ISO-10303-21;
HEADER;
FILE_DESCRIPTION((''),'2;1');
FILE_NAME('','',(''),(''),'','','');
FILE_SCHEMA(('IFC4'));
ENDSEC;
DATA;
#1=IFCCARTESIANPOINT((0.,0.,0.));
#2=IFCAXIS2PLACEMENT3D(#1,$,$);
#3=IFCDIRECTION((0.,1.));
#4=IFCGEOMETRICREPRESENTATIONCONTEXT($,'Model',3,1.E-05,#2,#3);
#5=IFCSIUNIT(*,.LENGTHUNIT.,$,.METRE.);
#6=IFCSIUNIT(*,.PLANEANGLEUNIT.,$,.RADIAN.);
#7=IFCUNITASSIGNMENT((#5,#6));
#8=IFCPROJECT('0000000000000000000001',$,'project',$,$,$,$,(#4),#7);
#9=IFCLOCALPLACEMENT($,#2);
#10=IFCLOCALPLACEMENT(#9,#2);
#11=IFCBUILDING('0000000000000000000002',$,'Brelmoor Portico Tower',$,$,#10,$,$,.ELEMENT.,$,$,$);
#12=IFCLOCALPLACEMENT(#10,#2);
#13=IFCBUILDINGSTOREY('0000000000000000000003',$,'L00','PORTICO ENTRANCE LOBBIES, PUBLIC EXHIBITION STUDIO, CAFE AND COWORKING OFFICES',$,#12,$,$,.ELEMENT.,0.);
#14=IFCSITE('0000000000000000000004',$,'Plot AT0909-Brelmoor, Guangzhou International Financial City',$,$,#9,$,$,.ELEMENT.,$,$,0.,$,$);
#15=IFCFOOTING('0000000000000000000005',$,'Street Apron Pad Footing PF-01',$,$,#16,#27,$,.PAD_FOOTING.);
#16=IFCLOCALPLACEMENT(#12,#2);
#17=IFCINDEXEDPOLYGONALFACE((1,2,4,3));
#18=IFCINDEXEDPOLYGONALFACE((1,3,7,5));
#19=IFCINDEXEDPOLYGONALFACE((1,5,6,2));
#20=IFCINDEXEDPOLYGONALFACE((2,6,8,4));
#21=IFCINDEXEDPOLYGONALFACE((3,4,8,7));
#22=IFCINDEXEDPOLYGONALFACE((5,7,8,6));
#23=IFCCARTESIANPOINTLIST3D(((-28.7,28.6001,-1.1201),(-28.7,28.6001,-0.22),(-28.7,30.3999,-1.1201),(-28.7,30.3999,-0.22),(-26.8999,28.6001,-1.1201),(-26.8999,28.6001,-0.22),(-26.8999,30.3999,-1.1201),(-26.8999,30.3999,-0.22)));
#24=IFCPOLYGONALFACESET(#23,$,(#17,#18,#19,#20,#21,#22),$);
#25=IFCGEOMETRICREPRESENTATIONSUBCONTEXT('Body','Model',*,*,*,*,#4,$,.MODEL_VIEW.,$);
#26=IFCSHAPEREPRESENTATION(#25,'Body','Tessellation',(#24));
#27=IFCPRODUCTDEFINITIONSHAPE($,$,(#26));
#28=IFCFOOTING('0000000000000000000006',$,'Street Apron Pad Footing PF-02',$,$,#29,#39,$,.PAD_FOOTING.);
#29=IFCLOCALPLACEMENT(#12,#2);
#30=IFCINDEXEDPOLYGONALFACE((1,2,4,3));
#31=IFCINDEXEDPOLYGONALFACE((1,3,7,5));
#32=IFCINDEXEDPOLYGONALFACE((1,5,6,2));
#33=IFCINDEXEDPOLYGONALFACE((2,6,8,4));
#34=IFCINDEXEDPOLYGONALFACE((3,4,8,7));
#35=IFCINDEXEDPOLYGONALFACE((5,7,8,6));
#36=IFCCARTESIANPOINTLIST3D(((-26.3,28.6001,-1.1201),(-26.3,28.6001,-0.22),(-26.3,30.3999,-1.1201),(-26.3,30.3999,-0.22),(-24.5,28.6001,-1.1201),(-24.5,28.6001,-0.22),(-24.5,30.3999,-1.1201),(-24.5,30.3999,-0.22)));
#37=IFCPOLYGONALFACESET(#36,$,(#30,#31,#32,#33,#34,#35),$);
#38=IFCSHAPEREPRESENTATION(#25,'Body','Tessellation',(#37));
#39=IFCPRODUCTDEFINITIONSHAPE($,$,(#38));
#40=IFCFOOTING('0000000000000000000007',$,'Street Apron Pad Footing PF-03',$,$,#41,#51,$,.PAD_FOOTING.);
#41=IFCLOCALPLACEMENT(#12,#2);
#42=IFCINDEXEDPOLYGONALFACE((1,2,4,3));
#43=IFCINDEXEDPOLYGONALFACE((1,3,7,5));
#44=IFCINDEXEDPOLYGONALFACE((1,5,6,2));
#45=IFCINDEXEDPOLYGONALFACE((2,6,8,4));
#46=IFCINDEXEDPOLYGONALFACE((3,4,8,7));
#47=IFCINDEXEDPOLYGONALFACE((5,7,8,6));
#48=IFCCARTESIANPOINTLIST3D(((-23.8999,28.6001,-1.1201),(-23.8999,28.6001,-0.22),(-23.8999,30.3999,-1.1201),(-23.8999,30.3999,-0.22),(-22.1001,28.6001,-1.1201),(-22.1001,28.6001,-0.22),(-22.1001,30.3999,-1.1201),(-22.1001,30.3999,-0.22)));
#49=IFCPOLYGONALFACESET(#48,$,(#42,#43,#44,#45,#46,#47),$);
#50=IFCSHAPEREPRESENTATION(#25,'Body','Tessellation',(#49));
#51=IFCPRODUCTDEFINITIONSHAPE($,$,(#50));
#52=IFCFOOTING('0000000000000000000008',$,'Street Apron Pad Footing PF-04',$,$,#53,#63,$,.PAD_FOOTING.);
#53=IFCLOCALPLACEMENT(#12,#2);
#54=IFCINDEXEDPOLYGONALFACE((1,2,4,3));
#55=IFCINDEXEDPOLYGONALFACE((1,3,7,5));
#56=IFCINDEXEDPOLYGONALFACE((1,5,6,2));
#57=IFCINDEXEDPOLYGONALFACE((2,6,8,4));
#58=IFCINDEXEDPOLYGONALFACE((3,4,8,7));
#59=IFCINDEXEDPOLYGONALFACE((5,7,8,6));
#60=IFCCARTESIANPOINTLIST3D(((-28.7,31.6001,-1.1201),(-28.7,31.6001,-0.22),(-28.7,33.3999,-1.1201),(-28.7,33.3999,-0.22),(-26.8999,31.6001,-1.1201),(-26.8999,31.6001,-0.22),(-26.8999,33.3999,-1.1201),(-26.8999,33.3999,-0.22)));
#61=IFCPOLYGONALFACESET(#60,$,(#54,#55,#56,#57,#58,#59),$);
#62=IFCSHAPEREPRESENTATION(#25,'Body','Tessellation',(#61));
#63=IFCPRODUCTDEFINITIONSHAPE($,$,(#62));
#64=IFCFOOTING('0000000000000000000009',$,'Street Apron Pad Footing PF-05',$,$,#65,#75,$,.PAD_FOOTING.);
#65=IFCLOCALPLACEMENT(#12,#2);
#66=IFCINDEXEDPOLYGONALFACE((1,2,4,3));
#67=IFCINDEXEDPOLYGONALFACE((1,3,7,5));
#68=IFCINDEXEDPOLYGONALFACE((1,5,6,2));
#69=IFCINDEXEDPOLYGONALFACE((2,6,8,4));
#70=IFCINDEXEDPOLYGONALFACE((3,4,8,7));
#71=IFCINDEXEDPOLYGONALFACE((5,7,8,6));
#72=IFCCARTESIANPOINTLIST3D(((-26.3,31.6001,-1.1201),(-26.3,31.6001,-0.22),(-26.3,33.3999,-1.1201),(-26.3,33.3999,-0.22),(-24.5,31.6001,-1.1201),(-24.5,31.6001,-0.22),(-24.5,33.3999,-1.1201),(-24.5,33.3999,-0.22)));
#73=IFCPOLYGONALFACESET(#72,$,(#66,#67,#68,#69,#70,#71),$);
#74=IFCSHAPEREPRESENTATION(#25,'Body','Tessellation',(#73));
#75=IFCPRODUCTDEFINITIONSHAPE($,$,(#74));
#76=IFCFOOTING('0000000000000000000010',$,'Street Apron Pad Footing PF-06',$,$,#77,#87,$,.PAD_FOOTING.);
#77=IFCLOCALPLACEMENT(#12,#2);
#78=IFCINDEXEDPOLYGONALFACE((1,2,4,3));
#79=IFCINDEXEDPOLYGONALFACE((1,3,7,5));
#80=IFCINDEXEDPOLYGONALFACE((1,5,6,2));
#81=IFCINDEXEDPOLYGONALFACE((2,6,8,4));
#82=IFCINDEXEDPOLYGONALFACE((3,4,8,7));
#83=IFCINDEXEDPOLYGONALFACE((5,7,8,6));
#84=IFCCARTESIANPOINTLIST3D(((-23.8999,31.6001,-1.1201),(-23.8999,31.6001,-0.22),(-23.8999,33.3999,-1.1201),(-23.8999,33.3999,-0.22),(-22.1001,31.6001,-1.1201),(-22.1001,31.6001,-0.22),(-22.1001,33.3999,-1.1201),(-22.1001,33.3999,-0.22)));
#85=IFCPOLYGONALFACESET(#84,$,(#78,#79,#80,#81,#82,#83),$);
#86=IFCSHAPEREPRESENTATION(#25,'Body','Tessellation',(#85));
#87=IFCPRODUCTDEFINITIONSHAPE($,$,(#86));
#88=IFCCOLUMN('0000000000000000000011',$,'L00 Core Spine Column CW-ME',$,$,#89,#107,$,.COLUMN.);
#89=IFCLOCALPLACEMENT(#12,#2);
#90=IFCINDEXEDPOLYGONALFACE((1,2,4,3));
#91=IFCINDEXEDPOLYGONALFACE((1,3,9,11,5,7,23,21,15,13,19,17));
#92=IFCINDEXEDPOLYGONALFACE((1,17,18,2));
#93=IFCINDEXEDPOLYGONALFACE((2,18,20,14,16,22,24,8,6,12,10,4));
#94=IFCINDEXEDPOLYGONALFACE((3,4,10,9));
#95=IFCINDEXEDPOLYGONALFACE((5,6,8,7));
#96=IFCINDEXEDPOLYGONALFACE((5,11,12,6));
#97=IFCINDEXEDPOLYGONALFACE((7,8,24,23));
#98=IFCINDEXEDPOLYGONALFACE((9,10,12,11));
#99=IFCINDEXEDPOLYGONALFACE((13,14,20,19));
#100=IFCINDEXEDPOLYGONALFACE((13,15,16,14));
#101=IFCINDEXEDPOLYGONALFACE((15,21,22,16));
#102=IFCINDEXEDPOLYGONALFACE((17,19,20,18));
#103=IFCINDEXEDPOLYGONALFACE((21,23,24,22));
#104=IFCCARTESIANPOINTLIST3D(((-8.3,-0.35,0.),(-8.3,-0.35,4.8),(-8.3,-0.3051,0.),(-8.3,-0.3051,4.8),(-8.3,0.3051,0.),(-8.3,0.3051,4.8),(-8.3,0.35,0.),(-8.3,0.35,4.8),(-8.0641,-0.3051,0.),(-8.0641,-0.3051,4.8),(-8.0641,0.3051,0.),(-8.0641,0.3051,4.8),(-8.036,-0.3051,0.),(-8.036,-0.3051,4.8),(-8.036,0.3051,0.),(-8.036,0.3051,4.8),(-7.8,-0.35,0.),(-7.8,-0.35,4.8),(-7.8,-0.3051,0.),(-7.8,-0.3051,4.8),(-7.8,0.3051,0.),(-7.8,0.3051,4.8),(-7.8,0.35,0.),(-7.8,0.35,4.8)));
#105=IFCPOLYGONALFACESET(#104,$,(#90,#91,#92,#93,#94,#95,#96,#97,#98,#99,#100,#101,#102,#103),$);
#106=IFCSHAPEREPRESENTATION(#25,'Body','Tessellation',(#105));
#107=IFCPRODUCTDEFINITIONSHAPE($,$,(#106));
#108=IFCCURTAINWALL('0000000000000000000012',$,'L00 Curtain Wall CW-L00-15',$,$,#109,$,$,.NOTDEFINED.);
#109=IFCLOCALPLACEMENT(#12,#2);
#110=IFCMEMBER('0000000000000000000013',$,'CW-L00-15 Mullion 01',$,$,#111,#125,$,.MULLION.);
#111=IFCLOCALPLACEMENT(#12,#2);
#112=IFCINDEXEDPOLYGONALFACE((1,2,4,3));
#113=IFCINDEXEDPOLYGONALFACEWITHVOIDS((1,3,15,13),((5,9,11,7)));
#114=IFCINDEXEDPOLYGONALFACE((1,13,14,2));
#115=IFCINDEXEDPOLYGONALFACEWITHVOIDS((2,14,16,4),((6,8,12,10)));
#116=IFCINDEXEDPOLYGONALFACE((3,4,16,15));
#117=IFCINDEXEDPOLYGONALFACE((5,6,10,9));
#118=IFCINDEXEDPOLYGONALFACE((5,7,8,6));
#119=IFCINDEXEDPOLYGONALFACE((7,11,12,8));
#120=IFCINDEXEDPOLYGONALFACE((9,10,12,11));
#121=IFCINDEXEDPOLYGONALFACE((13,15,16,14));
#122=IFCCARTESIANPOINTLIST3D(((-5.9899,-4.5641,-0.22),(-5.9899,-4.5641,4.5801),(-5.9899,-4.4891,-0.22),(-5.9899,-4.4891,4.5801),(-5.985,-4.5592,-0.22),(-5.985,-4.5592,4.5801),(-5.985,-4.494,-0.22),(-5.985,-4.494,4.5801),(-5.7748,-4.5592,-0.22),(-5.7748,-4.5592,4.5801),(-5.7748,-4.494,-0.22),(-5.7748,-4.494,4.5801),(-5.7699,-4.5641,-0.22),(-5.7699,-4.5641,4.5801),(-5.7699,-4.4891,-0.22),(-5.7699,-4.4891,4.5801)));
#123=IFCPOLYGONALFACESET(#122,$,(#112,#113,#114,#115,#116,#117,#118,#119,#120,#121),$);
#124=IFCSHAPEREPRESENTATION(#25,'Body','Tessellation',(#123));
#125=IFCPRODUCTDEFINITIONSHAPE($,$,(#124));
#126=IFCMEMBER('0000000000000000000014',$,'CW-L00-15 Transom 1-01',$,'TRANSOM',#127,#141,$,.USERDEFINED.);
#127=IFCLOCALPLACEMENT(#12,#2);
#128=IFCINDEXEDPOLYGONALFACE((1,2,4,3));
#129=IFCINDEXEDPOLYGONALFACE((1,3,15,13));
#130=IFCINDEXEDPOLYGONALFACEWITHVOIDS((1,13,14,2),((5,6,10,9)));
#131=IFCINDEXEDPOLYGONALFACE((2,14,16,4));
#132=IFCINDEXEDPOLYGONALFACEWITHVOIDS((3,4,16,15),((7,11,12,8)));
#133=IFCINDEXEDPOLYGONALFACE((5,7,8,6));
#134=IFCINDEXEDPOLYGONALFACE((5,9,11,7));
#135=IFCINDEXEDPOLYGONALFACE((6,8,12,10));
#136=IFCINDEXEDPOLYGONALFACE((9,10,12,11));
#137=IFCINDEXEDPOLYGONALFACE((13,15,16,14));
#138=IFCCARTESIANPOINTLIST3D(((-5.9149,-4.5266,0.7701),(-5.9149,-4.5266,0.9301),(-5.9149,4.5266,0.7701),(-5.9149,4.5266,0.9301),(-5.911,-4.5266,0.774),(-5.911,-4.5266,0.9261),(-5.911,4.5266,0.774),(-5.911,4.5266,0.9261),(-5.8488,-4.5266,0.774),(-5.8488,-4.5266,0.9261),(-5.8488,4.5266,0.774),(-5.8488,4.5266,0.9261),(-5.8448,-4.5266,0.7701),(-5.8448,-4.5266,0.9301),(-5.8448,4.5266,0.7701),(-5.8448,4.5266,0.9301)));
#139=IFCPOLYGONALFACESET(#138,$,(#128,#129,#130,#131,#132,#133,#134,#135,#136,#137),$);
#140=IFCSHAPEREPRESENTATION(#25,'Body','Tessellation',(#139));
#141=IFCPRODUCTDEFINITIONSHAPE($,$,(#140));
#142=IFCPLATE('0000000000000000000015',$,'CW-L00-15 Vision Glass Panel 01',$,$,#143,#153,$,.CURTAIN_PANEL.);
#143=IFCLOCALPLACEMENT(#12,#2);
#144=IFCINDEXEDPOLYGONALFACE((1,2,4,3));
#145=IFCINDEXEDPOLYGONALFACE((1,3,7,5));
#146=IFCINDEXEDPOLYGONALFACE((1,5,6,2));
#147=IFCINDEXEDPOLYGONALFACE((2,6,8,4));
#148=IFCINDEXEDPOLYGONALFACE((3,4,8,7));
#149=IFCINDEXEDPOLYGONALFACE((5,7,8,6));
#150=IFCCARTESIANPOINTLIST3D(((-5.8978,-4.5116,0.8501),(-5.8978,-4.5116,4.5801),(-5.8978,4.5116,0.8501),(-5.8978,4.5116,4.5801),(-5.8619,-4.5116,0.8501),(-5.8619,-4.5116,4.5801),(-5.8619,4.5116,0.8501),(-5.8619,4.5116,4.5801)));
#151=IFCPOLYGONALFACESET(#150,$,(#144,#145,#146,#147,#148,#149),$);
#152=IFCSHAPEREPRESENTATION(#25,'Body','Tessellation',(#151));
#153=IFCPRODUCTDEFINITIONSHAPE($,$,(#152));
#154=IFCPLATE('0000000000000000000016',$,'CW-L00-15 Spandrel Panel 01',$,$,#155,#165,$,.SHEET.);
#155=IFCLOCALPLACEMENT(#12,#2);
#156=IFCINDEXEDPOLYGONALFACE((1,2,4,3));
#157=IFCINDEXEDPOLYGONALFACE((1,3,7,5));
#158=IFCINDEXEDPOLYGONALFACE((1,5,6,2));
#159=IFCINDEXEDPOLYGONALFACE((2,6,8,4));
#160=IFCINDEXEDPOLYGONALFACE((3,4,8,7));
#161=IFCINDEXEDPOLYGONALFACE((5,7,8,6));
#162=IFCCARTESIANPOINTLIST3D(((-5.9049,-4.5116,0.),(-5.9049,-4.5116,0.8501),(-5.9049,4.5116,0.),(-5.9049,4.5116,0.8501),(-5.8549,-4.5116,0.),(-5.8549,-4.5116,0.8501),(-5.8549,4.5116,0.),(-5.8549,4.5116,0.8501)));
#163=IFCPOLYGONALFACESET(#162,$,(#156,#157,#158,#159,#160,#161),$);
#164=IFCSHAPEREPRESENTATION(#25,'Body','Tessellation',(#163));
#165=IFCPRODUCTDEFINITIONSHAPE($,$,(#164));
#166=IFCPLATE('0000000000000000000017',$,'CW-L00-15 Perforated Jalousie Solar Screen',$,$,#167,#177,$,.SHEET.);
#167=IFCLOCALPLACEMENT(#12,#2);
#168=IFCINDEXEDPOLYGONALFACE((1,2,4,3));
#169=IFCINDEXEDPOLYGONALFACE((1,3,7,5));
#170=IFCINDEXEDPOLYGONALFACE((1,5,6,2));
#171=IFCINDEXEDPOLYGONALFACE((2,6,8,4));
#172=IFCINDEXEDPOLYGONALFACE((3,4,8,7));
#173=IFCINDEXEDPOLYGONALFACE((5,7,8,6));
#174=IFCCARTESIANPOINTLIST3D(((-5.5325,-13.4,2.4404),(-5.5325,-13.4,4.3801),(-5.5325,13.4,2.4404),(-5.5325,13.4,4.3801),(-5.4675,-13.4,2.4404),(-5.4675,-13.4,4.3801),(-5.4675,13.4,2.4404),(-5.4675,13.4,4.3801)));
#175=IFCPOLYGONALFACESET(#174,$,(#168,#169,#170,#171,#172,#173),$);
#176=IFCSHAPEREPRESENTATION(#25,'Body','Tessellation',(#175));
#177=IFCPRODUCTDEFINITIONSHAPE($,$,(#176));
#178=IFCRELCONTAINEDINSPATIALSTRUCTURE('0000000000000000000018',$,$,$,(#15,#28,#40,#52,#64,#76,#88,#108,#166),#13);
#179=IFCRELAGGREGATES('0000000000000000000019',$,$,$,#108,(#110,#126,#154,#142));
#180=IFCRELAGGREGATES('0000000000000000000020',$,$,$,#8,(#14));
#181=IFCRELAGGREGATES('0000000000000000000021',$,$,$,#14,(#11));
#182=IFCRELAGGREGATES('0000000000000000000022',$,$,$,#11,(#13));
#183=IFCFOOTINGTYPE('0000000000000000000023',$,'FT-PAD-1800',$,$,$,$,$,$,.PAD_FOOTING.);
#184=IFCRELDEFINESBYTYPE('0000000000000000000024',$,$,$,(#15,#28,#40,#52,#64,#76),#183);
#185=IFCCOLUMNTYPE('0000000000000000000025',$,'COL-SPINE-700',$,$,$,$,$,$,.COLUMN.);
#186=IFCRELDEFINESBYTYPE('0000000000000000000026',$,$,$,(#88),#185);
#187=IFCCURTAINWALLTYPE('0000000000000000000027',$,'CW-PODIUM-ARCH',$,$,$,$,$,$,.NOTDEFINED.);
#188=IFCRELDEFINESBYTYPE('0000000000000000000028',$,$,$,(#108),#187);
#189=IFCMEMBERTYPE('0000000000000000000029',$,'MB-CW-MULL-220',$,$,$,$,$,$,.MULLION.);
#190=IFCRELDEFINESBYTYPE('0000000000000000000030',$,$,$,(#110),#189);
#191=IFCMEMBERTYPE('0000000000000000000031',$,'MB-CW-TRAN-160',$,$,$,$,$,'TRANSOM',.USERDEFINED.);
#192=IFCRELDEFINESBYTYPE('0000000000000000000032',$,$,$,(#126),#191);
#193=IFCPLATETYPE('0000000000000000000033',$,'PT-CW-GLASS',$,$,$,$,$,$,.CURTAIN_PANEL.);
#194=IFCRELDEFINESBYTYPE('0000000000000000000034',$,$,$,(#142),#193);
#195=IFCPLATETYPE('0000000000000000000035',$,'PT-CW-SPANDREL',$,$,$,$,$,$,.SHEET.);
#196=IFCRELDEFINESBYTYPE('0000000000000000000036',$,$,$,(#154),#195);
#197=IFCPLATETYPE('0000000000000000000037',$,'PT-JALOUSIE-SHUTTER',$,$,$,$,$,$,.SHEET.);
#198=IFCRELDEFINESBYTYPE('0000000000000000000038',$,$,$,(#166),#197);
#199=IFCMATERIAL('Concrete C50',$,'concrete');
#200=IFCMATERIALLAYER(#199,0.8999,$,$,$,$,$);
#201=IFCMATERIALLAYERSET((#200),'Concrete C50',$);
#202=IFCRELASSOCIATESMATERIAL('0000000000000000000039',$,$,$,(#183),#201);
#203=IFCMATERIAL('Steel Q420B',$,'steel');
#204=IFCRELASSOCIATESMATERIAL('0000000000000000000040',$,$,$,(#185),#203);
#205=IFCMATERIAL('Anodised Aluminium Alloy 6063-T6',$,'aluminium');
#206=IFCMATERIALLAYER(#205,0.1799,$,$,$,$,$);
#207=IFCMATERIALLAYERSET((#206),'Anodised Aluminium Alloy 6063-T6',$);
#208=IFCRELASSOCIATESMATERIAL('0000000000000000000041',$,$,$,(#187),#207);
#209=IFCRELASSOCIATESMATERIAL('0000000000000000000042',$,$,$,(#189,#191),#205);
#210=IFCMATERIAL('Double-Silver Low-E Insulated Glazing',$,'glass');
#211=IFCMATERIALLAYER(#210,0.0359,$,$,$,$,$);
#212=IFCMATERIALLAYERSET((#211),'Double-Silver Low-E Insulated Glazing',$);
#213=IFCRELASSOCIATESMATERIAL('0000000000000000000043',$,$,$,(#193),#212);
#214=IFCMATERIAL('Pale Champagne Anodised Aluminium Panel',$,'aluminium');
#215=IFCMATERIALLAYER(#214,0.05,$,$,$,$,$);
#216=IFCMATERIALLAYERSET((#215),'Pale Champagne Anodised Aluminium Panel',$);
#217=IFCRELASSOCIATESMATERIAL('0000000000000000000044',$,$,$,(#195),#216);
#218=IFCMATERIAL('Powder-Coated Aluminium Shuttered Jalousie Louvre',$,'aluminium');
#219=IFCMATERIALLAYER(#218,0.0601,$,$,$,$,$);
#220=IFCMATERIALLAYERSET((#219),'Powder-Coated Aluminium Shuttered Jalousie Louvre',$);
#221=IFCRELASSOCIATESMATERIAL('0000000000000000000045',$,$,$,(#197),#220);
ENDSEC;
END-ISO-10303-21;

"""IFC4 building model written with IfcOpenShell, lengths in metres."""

from ifc_helpers import new_model, si_unit, direction, frame, origin, origin_2d, place, context, subcontext, project, spatial, polyline, rectangle, hollow_rectangle, i_section, outline, extrude, material, layer, layer_set, material_profile, profile_set, type_object, element, aggregate, save


model = new_model("IFC4")

# Units and contexts
model_context = context("Model", 3, precision=1e-05, world=origin(), true_north=direction((0.0, 1.0)))
body_context = subcontext(model_context, "Body", "Model", "MODEL_VIEW")
ifc_project = project(units=[si_unit("LENGTHUNIT", "METRE"), si_unit("PLANEANGLEUNIT", "RADIAN")], contexts=[model_context])

# Site, building, storey
site_placement = place(None, origin())
site = spatial("IfcSite", under=ifc_project, at=site_placement, Name="Plot AT0909-Brelmoor, Guangzhou International Financial City", CompositionType="ELEMENT", RefElevation=0.0)
building_placement = place(site_placement, origin())
building = spatial("IfcBuilding", under=site, at=building_placement, Name="Brelmoor Portico Tower", CompositionType="ELEMENT")
storey_placement = place(building_placement, origin())
storey = spatial("IfcBuildingStorey", under=building, at=storey_placement, Name="L00", Description="PORTICO ENTRANCE LOBBIES, PUBLIC EXHIBITION STUDIO, CAFE AND COWORKING OFFICES", CompositionType="ELEMENT", Elevation=0.0)

# Footings
ifc_material_1 = material(Name="Concrete C50", Category="concrete")
ifc_layer_1 = layer(ifc_material_1, 0.8999)
ifc_layer_set_1 = layer_set([ifc_layer_1], Name="Concrete C50")
footing_type = type_object("IfcFootingType", Name="FT-PAD-1800", PredefinedType="PAD_FOOTING", material=ifc_layer_set_1)
footing_1_placement = place(storey_placement, frame((0.0, 0.0, -1.1201)))
element("IfcFooting", 1, at=footing_1_placement, inside=storey, type_object=footing_type, Name="Street Apron Pad Footing PF-01", PredefinedType="PAD_FOOTING", context=body_context, shape_type="SweptSolid", body=[
    extrude(outline(polyline([(-28.7, 28.6001), (-26.8999, 28.6001), (-26.8999, 30.3999), (-28.7, 30.3999), (-28.7, 28.6001)])), origin(), (0.0, 0.0, 1.0), 0.9001),
])
footing_2_placement = place(storey_placement, frame((0.0, 0.0, -1.1201)))
element("IfcFooting", 2, at=footing_2_placement, inside=storey, type_object=footing_type, Name="Street Apron Pad Footing PF-02", PredefinedType="PAD_FOOTING", context=body_context, shape_type="SweptSolid", body=[
    extrude(outline(polyline([(-26.3, 28.6001), (-24.5, 28.6001), (-24.5, 30.3999), (-26.3, 30.3999), (-26.3, 28.6001)])), origin(), (0.0, 0.0, 1.0), 0.9001),
])
footing_3_placement = place(storey_placement, frame((0.0, 0.0, -1.1201)))
element("IfcFooting", 3, at=footing_3_placement, inside=storey, type_object=footing_type, Name="Street Apron Pad Footing PF-03", PredefinedType="PAD_FOOTING", context=body_context, shape_type="SweptSolid", body=[
    extrude(outline(polyline([(-23.8999, 28.6001), (-22.1001, 28.6001), (-22.1001, 30.3999), (-23.8999, 30.3999), (-23.8999, 28.6001)])), origin(), (0.0, 0.0, 1.0), 0.9001),
])
footing_4_placement = place(storey_placement, frame((0.0, 0.0, -1.1201)))
element("IfcFooting", 4, at=footing_4_placement, inside=storey, type_object=footing_type, Name="Street Apron Pad Footing PF-04", PredefinedType="PAD_FOOTING", context=body_context, shape_type="SweptSolid", body=[
    extrude(outline(polyline([(-28.7, 31.6001), (-26.8999, 31.6001), (-26.8999, 33.3999), (-28.7, 33.3999), (-28.7, 31.6001)])), origin(), (0.0, 0.0, 1.0), 0.9001),
])
footing_5_placement = place(storey_placement, frame((0.0, 0.0, -1.1201)))
element("IfcFooting", 5, at=footing_5_placement, inside=storey, type_object=footing_type, Name="Street Apron Pad Footing PF-05", PredefinedType="PAD_FOOTING", context=body_context, shape_type="SweptSolid", body=[
    extrude(outline(polyline([(-26.3, 31.6001), (-24.5, 31.6001), (-24.5, 33.3999), (-26.3, 33.3999), (-26.3, 31.6001)])), origin(), (0.0, 0.0, 1.0), 0.9001),
])
footing_6_placement = place(storey_placement, frame((0.0, 0.0, -1.1201)))
element("IfcFooting", 6, at=footing_6_placement, inside=storey, type_object=footing_type, Name="Street Apron Pad Footing PF-06", PredefinedType="PAD_FOOTING", context=body_context, shape_type="SweptSolid", body=[
    extrude(outline(polyline([(-23.8999, 31.6001), (-22.1001, 31.6001), (-22.1001, 33.3999), (-23.8999, 33.3999), (-23.8999, 31.6001)])), origin(), (0.0, 0.0, 1.0), 0.9001),
])

# Column
ifc_material_2 = material(Name="Steel Q420B", Category="steel")
ifc_material_profile_1 = material_profile(ifc_material_2, i_section(OverallWidth=0.5, OverallDepth=0.7, WebThickness=0.0281, FlangeThickness=0.0449, at=origin_2d()), Name="HW 700x500x28x45")
ifc_profile_set_1 = profile_set([ifc_material_profile_1], Name="Steel Q420B")
column_type = type_object("IfcColumnType", Name="COL-SPINE-700", PredefinedType="COLUMN", material=ifc_profile_set_1)
column_placement = place(storey_placement, frame((-8.05, 0.0, 0.0), z_axis=(0.0, 0.0, 1.0), x_axis=(1.0, 0.0, 0.0)))
element("IfcColumn", 7, at=column_placement, inside=storey, type_object=column_type, Name="L00 Core Spine Column CW-ME", PredefinedType="COLUMN", context=body_context, shape_type="SweptSolid", body=[
    extrude(i_section(OverallWidth=0.5, OverallDepth=0.7, WebThickness=0.0281, FlangeThickness=0.0449, at=origin_2d()), origin(), (0.0, 0.0, 1.0), 4.8),
])

# Curtain wall, members, plates
ifc_material_3 = material(Name="Anodised Aluminium Alloy 6063-T6", Category="aluminium")
ifc_layer_2 = layer(ifc_material_3, 0.1799)
ifc_layer_set_2 = layer_set([ifc_layer_2], Name="Anodised Aluminium Alloy 6063-T6")
curtain_wall_type = type_object("IfcCurtainWallType", Name="CW-PODIUM-ARCH", PredefinedType="NOTDEFINED", material=ifc_layer_set_2)
curtain_wall_placement = place(storey_placement, origin())
curtain_wall = element("IfcCurtainWall", 8, at=curtain_wall_placement, inside=storey, type_object=curtain_wall_type, Name="L00 Curtain Wall CW-L00-15", PredefinedType="NOTDEFINED")
ifc_material_profile_2 = material_profile(ifc_material_3, hollow_rectangle(XDim=0.075, YDim=0.22, WallThickness=0.0049, at=origin_2d()), Name="ALU MULLION 75x220")
ifc_profile_set_2 = profile_set([ifc_material_profile_2], Name="Anodised Aluminium Alloy 6063-T6")
member_type_1 = type_object("IfcMemberType", Name="MB-CW-MULL-220", PredefinedType="MULLION", material=ifc_profile_set_2)
member_1_placement = place(storey_placement, frame((-5.8799, -4.5266, -0.22), z_axis=(0.0, 0.0, 1.0), x_axis=(0.0, 1.0, 0.0)))
member_1 = element("IfcMember", 9, at=member_1_placement, type_object=member_type_1, Name="CW-L00-15 Mullion 01", PredefinedType="MULLION", context=body_context, shape_type="SweptSolid", body=[
    extrude(hollow_rectangle(XDim=0.075, YDim=0.22, WallThickness=0.0049, at=origin_2d()), origin(), (0.0, 0.0, 1.0), 4.8),
])
ifc_material_profile_3 = material_profile(ifc_material_3, hollow_rectangle(XDim=0.0701, YDim=0.1599, WallThickness=0.0039, at=origin_2d()), Name="ALU TRANSOM 70x160")
ifc_profile_set_3 = profile_set([ifc_material_profile_3], Name="Anodised Aluminium Alloy 6063-T6")
member_type_2 = type_object("IfcMemberType", Name="MB-CW-TRAN-160", ElementType="TRANSOM", PredefinedType="USERDEFINED", material=ifc_profile_set_3)
member_2_placement = place(storey_placement, frame((-5.8799, -4.5266, 0.8501), z_axis=(0.0, 1.0, 0.0), x_axis=(-1.0, 0.0, 0.0)))
member_2 = element("IfcMember", 10, at=member_2_placement, type_object=member_type_2, Name="CW-L00-15 Transom 1-01", ObjectType="TRANSOM", PredefinedType="USERDEFINED", context=body_context, shape_type="SweptSolid", body=[
    extrude(hollow_rectangle(XDim=0.0701, YDim=0.1599, WallThickness=0.0039, at=origin_2d()), origin(), (0.0, 0.0, 1.0), 9.0532),
])
ifc_material_4 = material(Name="Double-Silver Low-E Insulated Glazing", Category="glass")
ifc_layer_3 = layer(ifc_material_4, 0.0359)
ifc_layer_set_3 = layer_set([ifc_layer_3], Name="Double-Silver Low-E Insulated Glazing")
plate_type_1 = type_object("IfcPlateType", Name="PT-CW-GLASS", PredefinedType="CURTAIN_PANEL", material=ifc_layer_set_3)
plate_1_placement = place(storey_placement, frame((-5.8799, 0.0, 0.8501), z_axis=(0.0, 0.0, 1.0), x_axis=(0.0, 1.0, 0.0)))
plate_1 = element("IfcPlate", 11, at=plate_1_placement, type_object=plate_type_1, Name="CW-L00-15 Vision Glass Panel 01", PredefinedType="CURTAIN_PANEL", context=body_context, shape_type="SweptSolid", body=[
    extrude(rectangle(XDim=9.0232, YDim=0.0359, at=origin_2d()), origin(), (0.0, 0.0, 1.0), 3.73),
])
ifc_material_5 = material(Name="Pale Champagne Anodised Aluminium Panel", Category="aluminium")
ifc_layer_4 = layer(ifc_material_5, 0.05)
ifc_layer_set_4 = layer_set([ifc_layer_4], Name="Pale Champagne Anodised Aluminium Panel")
plate_type_2 = type_object("IfcPlateType", Name="PT-CW-SPANDREL", PredefinedType="SHEET", material=ifc_layer_set_4)
plate_2_placement = place(storey_placement, frame((-5.8799, 0.0, 0.0), z_axis=(0.0, 0.0, 1.0), x_axis=(0.0, 1.0, 0.0)))
plate_2 = element("IfcPlate", 12, at=plate_2_placement, type_object=plate_type_2, Name="CW-L00-15 Spandrel Panel 01", PredefinedType="SHEET", context=body_context, shape_type="SweptSolid", body=[
    extrude(rectangle(XDim=9.0232, YDim=0.05, at=origin_2d()), origin(), (0.0, 0.0, 1.0), 0.8501),
])
aggregate(curtain_wall, [member_1, member_2, plate_2, plate_1])

# Plate
ifc_material_6 = material(Name="Powder-Coated Aluminium Shuttered Jalousie Louvre", Category="aluminium")
ifc_layer_5 = layer(ifc_material_6, 0.0601)
ifc_layer_set_5 = layer_set([ifc_layer_5], Name="Powder-Coated Aluminium Shuttered Jalousie Louvre")
plate_type_3 = type_object("IfcPlateType", Name="PT-JALOUSIE-SHUTTER", PredefinedType="SHEET", material=ifc_layer_set_5)
plate_3_placement = place(storey_placement, frame((-5.5, 0.0, 2.4404), z_axis=(0.0, 0.0, 1.0), x_axis=(0.0, 1.0, 0.0)))
element("IfcPlate", 13, at=plate_3_placement, inside=storey, type_object=plate_type_3, Name="CW-L00-15 Perforated Jalousie Solar Screen", PredefinedType="SHEET", context=body_context, shape_type="SweptSolid", body=[
    extrude(rectangle(XDim=26.8, YDim=0.0649, at=origin_2d()), origin(), (0.0, 0.0, 1.0), 1.9397),
])

save(model, "model.ifc")
